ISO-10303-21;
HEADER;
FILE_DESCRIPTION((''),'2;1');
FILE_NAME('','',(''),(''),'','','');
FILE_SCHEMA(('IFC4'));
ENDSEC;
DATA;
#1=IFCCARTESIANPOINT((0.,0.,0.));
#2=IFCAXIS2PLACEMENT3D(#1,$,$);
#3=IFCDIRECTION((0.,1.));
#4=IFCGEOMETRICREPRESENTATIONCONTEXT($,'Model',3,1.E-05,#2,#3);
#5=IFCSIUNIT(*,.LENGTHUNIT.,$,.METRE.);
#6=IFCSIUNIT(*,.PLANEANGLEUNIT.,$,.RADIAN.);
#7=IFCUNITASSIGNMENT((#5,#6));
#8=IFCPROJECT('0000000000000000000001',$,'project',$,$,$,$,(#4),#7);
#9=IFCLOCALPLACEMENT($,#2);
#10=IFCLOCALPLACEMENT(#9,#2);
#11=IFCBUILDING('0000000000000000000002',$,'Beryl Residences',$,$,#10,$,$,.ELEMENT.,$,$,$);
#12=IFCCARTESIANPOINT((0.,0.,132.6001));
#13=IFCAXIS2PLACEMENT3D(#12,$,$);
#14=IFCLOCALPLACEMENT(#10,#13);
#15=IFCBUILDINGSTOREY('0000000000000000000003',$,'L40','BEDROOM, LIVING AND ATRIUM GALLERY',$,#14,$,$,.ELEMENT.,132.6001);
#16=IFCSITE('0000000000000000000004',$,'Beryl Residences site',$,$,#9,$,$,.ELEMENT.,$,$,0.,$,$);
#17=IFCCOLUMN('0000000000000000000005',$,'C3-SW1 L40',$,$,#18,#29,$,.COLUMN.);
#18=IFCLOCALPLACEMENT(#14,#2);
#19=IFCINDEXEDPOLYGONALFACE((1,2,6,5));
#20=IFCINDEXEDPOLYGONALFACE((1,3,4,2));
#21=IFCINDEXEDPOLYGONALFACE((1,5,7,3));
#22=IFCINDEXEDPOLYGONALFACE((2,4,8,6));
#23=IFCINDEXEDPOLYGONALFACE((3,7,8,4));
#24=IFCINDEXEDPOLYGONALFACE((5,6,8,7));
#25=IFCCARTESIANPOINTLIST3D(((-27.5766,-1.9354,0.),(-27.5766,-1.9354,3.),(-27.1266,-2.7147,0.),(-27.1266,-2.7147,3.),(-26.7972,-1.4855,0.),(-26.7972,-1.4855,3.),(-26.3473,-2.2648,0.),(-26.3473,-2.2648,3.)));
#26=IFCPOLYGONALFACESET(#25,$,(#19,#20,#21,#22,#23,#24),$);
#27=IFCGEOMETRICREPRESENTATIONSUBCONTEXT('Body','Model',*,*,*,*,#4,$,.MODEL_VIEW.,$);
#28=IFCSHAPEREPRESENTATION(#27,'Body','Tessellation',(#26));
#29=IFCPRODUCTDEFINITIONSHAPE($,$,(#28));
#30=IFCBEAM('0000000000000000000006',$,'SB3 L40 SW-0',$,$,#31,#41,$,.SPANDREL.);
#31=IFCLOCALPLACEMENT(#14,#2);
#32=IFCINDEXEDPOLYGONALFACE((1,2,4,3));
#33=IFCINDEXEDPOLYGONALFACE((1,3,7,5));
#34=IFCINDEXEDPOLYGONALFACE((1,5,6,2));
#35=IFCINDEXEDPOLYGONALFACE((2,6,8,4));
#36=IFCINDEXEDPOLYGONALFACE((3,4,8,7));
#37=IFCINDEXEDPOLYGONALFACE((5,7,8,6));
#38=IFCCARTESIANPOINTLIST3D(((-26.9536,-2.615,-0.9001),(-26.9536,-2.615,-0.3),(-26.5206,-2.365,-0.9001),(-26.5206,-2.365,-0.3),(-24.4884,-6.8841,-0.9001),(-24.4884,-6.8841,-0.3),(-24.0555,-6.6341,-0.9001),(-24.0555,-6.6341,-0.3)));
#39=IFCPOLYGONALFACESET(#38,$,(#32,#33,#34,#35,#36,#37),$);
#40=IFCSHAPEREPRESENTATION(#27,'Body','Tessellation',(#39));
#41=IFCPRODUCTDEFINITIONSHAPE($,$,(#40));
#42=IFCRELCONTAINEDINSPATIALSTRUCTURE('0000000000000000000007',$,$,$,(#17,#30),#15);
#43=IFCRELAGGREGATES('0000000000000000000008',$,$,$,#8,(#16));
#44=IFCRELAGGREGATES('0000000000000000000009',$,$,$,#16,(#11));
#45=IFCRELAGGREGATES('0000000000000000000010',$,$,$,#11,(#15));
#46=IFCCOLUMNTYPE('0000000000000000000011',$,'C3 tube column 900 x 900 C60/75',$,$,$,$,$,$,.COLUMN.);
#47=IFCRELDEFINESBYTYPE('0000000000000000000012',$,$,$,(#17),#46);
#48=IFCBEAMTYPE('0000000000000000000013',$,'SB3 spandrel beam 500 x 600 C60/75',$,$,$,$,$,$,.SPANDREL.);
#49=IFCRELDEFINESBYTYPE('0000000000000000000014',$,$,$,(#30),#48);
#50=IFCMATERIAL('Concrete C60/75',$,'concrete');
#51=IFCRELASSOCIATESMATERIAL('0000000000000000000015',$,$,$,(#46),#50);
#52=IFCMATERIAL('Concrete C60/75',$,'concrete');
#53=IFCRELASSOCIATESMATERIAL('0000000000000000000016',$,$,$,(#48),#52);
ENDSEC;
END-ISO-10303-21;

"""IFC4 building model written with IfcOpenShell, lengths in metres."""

from ifc_helpers import new_model, si_unit, direction, frame, origin, origin_2d, place, context, subcontext, project, spatial, rectangle, extrude, material, material_profile, profile_set, type_object, element, save


model = new_model("IFC4")

# Units and contexts
model_context = context("Model", 3, precision=1e-05, world=origin(), true_north=direction((0.0, 1.0)))
body_context = subcontext(model_context, "Body", "Model", "MODEL_VIEW")
ifc_project = project(units=[si_unit("LENGTHUNIT", "METRE"), si_unit("PLANEANGLEUNIT", "RADIAN")], contexts=[model_context])

# Site, building, storey
site_placement = place(None, origin())
site = spatial("IfcSite", under=ifc_project, at=site_placement, Name="Beryl Residences site", CompositionType="ELEMENT", RefElevation=0.0)
building_placement = place(site_placement, origin())
building = spatial("IfcBuilding", under=site, at=building_placement, Name="Beryl Residences", CompositionType="ELEMENT")
storey_placement = place(building_placement, frame((0.0, 0.0, 132.6001)))
storey = spatial("IfcBuildingStorey", under=building, at=storey_placement, Name="L40", Description="BEDROOM, LIVING AND ATRIUM GALLERY", CompositionType="ELEMENT", Elevation=132.6001)

# Column
ifc_material_1 = material(Name="Concrete C60/75", Category="concrete")
ifc_material_profile_1 = material_profile(ifc_material_1, rectangle(XDim=0.8999, YDim=0.8999, at=origin_2d()))
ifc_profile_set_1 = profile_set([ifc_material_profile_1], Name="Concrete C60/75")
column_type = type_object("IfcColumnType", Name="C3 tube column 900 x 900 C60/75", PredefinedType="COLUMN", material=ifc_profile_set_1)
column_placement = place(storey_placement, frame((-26.9619, -2.1001, 0.0), z_axis=(0.0, 0.0, 1.0), x_axis=(0.5, -0.866025, 0.0)))
element("IfcColumn", 1, at=column_placement, inside=storey, type_object=column_type, Name="C3-SW1 L40", PredefinedType="COLUMN", context=body_context, shape_type="SweptSolid", body=[
    extrude(rectangle(XDim=0.8999, YDim=0.8999, at=origin_2d()), origin(), (0.0, 0.0, 1.0), 3.0),
])

# Beam
ifc_material_2 = material(Name="Concrete C60/75", Category="concrete")
ifc_material_profile_2 = material_profile(ifc_material_2, rectangle(XDim=0.5, YDim=0.6001, at=origin_2d()))
ifc_profile_set_2 = profile_set([ifc_material_profile_2], Name="Concrete C60/75")
beam_type = type_object("IfcBeamType", Name="SB3 spandrel beam 500 x 600 C60/75", PredefinedType="SPANDREL", material=ifc_profile_set_2)
beam_placement = place(storey_placement, frame((-26.7371, -2.49, -0.6001), z_axis=(0.500054, -0.865994, 0.0), x_axis=(0.865994, 0.500054, 0.0)))
element("IfcBeam", 2, at=beam_placement, inside=storey, type_object=beam_type, Name="SB3 L40 SW-0", PredefinedType="SPANDREL", context=body_context, shape_type="SweptSolid", body=[
    extrude(rectangle(XDim=0.5, YDim=0.6001, at=origin_2d()), origin(), (0.0, 0.0, 1.0), 4.9297),
])

save(model, "model.ifc")
